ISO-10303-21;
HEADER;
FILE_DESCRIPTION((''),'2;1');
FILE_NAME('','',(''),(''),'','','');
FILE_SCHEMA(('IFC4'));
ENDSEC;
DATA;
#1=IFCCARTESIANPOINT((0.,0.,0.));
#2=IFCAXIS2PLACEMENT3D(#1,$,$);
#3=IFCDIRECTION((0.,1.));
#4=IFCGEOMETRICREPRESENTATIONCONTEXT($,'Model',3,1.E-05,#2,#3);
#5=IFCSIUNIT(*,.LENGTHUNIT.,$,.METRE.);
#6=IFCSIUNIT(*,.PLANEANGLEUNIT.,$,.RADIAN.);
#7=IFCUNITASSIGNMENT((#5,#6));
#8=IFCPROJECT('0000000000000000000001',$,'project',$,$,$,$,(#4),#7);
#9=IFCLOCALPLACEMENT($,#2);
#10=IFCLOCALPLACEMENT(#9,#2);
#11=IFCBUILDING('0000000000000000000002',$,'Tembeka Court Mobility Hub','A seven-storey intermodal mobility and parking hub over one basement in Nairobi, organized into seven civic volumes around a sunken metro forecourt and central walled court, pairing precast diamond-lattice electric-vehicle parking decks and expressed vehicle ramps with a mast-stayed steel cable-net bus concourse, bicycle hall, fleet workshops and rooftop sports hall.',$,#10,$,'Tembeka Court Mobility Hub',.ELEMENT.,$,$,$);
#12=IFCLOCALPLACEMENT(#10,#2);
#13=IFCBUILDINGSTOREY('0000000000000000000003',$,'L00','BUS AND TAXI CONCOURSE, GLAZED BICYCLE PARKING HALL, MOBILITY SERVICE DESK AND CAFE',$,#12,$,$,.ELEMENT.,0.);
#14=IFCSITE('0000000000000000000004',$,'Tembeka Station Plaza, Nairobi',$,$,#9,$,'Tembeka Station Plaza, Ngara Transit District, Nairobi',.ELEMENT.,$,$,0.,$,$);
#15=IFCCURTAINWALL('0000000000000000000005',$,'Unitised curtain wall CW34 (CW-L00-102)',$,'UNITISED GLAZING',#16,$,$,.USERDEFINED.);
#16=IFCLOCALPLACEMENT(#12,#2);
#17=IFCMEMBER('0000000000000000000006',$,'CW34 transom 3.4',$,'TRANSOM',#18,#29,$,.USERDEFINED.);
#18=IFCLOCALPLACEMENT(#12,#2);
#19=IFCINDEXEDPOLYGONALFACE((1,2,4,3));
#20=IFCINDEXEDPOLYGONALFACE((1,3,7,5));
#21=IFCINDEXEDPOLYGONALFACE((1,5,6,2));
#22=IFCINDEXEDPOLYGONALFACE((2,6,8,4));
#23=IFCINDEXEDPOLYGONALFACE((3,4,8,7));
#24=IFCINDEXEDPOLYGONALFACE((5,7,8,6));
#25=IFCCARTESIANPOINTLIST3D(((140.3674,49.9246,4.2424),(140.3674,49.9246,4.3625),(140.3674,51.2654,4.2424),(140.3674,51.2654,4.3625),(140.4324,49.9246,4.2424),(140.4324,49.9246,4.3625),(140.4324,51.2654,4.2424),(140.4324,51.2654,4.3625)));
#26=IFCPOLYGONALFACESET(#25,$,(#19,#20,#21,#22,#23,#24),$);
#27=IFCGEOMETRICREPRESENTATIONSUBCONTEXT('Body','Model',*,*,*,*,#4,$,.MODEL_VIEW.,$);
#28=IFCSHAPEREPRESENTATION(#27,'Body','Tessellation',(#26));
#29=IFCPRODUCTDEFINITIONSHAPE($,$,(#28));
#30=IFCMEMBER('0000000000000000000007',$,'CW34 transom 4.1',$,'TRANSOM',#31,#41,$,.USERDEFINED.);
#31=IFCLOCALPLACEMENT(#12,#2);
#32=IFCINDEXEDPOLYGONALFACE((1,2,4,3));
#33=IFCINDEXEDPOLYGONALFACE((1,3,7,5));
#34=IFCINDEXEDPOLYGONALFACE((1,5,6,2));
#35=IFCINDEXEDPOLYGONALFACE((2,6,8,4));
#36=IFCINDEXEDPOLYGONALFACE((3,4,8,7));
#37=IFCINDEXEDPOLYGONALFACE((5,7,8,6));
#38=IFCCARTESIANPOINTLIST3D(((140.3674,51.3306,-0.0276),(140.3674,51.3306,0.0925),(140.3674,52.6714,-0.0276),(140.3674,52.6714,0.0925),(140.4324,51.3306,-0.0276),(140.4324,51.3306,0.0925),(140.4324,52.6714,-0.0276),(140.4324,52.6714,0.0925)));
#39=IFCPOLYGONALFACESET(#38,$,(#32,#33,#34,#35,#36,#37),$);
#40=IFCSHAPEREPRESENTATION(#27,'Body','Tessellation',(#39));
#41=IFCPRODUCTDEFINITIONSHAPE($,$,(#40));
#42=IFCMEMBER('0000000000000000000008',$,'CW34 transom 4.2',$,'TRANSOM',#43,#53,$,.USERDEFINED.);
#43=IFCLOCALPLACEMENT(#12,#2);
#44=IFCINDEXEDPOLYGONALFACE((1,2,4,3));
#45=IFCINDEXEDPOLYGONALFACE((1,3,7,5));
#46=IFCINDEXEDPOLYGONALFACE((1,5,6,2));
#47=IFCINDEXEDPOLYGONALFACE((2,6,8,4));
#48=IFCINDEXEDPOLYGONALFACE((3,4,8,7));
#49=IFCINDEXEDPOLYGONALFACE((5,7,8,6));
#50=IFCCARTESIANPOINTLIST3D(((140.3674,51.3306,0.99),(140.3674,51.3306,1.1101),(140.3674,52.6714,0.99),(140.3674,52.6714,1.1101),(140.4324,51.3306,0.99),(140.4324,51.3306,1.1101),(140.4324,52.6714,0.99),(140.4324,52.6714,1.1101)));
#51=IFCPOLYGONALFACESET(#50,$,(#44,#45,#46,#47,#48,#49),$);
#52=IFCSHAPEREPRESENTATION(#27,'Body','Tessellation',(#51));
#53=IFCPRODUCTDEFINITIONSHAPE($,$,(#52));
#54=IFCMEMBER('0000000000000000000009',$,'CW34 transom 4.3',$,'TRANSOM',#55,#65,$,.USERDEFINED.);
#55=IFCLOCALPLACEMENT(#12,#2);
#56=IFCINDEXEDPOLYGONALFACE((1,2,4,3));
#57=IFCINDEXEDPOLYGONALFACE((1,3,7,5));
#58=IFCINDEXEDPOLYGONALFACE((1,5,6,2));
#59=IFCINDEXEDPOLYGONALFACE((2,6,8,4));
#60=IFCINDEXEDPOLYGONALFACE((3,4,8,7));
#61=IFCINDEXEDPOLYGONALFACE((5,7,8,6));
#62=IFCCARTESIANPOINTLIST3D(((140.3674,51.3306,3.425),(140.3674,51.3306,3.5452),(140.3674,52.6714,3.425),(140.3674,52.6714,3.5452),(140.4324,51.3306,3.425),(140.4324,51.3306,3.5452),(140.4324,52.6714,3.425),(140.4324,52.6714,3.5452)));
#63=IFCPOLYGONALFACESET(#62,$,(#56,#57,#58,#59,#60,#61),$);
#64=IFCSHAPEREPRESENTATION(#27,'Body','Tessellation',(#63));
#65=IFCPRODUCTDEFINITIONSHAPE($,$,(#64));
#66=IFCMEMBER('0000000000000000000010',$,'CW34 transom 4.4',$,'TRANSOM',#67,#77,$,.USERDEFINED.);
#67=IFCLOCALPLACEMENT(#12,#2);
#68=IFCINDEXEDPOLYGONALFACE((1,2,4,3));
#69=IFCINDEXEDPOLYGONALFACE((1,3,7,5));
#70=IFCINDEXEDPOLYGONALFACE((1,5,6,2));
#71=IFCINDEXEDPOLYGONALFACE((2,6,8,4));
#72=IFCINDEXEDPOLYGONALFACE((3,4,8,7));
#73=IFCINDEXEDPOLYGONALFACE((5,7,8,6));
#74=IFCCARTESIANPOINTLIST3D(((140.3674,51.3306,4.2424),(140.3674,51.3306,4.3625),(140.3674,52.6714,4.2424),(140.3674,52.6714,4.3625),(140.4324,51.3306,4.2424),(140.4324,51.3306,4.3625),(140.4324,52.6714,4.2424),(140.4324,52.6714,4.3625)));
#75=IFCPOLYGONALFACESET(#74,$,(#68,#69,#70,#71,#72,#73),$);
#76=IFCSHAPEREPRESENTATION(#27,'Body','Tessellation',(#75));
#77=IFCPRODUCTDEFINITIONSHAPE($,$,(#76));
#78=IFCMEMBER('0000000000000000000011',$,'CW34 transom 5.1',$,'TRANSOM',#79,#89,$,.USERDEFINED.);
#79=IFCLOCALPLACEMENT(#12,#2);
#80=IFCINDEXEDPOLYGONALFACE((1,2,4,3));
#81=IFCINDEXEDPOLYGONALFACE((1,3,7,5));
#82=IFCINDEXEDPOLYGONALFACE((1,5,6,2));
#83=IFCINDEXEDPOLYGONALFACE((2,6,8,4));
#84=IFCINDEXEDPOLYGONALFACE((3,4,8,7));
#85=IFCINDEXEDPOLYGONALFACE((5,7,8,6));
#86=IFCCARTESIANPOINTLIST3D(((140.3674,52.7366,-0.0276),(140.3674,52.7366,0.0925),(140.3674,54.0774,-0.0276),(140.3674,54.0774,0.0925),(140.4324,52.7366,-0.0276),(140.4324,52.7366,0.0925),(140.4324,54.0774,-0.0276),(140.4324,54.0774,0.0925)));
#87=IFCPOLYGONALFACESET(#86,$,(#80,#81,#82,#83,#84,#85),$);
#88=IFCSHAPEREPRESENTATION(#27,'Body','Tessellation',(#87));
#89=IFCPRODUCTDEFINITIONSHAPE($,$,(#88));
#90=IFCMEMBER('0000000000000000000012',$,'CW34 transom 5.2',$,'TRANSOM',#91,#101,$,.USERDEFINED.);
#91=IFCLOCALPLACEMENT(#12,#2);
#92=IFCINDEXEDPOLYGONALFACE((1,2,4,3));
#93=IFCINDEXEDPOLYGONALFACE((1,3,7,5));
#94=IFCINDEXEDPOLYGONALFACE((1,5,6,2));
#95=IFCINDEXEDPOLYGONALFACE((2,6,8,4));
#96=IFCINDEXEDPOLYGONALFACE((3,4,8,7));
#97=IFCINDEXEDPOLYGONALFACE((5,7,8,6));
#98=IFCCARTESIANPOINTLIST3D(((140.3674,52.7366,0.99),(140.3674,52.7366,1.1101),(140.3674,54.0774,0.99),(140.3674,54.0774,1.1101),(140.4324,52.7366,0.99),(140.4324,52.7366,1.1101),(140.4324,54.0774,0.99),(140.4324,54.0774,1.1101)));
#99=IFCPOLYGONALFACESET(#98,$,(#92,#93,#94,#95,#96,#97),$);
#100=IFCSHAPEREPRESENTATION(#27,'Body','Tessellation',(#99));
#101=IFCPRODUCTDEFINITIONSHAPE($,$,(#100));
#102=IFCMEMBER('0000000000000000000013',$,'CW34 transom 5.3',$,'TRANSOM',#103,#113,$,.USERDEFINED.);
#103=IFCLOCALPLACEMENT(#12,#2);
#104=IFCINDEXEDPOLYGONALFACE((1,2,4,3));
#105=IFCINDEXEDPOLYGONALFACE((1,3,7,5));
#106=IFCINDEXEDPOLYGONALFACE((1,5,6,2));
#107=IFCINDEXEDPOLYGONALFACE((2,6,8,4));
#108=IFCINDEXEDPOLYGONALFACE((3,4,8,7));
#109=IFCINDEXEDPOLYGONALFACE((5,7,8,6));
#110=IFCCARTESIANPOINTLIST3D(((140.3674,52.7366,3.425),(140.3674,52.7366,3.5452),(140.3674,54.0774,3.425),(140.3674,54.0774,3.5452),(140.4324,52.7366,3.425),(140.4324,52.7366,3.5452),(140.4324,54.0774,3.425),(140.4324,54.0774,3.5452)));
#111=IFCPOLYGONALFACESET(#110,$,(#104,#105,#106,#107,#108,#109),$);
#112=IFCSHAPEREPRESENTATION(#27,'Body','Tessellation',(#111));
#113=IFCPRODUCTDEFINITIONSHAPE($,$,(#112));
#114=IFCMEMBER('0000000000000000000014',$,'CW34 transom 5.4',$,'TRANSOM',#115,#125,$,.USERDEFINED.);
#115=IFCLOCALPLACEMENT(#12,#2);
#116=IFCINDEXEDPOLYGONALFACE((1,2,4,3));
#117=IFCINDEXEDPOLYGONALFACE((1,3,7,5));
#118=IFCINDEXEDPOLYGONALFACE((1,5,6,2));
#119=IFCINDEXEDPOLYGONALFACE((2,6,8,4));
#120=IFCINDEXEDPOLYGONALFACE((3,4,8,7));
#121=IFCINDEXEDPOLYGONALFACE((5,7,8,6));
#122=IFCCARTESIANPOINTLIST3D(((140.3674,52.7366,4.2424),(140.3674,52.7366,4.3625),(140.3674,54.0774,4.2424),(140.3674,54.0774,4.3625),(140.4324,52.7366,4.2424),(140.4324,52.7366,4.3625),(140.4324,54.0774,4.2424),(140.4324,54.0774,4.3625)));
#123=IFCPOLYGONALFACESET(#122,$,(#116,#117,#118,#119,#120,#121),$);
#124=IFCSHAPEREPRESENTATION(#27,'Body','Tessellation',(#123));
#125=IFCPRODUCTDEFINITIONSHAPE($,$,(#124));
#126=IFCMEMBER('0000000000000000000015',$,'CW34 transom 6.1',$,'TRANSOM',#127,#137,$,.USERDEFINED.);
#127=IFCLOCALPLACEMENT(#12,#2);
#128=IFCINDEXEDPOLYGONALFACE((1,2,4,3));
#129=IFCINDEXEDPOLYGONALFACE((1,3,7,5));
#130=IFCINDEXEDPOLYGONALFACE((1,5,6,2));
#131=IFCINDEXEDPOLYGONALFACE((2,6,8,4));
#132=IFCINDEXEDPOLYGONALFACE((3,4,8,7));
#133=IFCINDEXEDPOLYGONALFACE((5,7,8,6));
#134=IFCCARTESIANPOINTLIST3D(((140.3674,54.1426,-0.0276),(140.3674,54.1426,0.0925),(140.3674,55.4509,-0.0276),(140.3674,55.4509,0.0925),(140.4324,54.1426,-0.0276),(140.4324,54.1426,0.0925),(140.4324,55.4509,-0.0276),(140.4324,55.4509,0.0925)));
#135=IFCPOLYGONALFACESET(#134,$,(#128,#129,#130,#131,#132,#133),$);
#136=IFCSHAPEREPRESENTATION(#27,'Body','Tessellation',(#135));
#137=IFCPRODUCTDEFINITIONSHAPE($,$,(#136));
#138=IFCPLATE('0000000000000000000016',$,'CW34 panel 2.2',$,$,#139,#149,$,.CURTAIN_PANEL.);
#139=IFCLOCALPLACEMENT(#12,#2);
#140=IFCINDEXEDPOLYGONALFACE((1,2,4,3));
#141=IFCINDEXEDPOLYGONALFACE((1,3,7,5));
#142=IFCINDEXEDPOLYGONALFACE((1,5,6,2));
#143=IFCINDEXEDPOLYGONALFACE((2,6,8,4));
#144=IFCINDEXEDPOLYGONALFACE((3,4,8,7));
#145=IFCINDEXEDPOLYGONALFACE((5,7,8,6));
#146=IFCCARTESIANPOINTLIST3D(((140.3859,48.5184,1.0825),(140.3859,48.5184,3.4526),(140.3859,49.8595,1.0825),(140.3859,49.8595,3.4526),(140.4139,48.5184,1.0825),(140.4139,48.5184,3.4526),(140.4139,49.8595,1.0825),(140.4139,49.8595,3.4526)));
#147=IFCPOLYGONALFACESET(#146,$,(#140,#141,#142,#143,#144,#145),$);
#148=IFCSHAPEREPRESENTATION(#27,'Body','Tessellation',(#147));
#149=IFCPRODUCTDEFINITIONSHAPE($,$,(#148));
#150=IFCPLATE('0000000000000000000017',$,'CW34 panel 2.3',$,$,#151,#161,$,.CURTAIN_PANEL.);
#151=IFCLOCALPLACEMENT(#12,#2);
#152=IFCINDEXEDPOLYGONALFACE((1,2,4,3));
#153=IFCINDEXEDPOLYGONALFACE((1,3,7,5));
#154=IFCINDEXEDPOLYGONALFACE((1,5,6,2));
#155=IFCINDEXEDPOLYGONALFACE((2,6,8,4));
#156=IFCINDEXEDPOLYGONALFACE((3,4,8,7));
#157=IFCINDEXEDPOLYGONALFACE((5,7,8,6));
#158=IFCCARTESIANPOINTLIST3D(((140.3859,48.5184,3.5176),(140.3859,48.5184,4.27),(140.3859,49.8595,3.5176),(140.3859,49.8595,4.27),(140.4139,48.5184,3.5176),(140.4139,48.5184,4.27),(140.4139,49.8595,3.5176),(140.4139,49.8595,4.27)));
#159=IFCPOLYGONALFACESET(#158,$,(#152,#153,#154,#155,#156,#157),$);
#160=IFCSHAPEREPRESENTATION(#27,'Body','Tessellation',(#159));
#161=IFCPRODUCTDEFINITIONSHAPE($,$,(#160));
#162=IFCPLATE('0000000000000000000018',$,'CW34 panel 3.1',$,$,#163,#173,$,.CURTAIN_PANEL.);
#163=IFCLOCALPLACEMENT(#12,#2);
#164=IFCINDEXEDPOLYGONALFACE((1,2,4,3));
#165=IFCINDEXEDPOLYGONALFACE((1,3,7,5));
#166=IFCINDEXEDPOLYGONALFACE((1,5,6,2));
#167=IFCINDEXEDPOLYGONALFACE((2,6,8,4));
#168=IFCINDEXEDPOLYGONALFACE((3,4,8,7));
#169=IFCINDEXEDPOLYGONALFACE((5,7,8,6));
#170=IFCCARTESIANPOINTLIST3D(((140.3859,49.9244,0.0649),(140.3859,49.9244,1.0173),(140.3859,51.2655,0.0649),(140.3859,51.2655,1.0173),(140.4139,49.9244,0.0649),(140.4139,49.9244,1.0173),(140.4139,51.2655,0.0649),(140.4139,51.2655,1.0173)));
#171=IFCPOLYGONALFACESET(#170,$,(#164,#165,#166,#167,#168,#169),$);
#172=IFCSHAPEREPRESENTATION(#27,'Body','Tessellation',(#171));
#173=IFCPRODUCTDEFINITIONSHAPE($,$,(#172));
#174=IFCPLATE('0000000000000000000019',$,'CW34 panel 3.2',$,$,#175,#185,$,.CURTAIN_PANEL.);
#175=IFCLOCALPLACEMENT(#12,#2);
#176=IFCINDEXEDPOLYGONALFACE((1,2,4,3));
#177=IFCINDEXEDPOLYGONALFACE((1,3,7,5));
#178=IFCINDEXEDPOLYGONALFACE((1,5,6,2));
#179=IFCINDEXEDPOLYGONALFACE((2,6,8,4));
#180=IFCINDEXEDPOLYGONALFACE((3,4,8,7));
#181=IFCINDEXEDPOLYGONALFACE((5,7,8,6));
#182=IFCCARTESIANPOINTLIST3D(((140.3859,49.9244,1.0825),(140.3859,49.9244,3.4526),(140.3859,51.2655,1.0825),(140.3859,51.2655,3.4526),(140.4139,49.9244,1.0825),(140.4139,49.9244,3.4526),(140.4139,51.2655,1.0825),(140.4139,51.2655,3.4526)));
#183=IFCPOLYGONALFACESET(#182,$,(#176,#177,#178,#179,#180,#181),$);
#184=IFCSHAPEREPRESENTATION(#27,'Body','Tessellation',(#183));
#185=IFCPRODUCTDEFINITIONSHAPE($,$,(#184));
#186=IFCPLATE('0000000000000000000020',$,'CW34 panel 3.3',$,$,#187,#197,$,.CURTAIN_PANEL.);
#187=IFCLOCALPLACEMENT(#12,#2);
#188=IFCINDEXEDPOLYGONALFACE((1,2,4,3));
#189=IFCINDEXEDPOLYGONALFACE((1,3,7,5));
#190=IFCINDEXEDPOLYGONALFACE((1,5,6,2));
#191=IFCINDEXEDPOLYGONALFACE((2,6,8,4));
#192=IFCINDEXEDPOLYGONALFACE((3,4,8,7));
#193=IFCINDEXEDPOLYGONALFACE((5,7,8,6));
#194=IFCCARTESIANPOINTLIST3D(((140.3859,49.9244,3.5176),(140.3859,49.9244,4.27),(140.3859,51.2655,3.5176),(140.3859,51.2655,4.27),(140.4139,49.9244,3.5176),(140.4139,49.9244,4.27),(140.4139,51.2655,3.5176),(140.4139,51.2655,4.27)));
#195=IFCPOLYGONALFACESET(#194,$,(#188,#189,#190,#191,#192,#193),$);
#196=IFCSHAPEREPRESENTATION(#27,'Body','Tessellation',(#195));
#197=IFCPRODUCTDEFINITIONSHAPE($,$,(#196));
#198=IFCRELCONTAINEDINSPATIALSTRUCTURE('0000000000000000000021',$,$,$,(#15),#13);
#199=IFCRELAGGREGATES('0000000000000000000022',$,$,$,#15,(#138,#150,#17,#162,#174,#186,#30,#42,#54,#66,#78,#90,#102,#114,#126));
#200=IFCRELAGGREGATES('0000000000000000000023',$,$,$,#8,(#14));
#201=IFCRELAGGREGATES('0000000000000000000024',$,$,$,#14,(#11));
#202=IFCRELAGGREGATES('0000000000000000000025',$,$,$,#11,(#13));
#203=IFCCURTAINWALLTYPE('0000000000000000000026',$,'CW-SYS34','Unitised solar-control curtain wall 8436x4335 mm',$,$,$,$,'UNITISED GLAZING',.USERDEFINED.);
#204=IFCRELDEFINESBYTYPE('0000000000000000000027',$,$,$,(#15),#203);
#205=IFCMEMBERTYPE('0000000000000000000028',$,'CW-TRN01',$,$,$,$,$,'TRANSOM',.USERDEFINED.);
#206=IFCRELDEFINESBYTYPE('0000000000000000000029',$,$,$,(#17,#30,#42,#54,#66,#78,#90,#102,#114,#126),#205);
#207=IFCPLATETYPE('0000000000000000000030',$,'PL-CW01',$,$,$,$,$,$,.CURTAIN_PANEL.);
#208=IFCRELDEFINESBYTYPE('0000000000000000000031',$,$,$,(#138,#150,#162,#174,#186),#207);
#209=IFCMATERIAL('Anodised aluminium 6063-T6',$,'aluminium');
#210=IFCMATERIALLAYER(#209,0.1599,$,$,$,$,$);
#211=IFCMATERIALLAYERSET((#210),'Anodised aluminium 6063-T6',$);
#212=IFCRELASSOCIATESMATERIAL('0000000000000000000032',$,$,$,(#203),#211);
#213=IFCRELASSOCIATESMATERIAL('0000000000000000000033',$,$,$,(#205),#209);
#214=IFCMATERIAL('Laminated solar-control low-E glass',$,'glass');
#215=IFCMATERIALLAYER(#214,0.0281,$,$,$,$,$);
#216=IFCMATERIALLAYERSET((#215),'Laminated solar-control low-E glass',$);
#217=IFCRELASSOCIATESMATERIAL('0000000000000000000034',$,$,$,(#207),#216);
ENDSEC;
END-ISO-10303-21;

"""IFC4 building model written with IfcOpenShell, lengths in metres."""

from ifc_helpers import new_model, si_unit, direction, frame, origin, origin_2d, place, context, subcontext, project, spatial, rectangle, extrude, material, layer, layer_set, material_profile, profile_set, type_object, element, aggregate, save


model = new_model("IFC4")

# Units and contexts
model_context = context("Model", 3, precision=1e-05, world=origin(), true_north=direction((0.0, 1.0)))
body_context = subcontext(model_context, "Body", "Model", "MODEL_VIEW")
ifc_project = project(units=[si_unit("LENGTHUNIT", "METRE"), si_unit("PLANEANGLEUNIT", "RADIAN")], contexts=[model_context])

# Site, building, storey
site_placement = place(None, origin())
site = spatial("IfcSite", under=ifc_project, at=site_placement, Name="Tembeka Station Plaza, Nairobi", LongName="Tembeka Station Plaza, Ngara Transit District, Nairobi", CompositionType="ELEMENT", RefElevation=0.0)
building_placement = place(site_placement, origin())
building = spatial("IfcBuilding", under=site, at=building_placement, Name="Tembeka Court Mobility Hub", Description="A seven-storey intermodal mobility and parking hub over one basement in Nairobi, organized into seven civic volumes around a sunken metro forecourt and central walled court, pairing precast diamond-lattice electric-vehicle parking decks and expressed vehicle ramps with a mast-stayed steel cable-net bus concourse, bicycle hall, fleet workshops and rooftop sports hall.", LongName="Tembeka Court Mobility Hub", CompositionType="ELEMENT")
storey_placement = place(building_placement, origin())
storey = spatial("IfcBuildingStorey", under=building, at=storey_placement, Name="L00", Description="BUS AND TAXI CONCOURSE, GLAZED BICYCLE PARKING HALL, MOBILITY SERVICE DESK AND CAFE", CompositionType="ELEMENT", Elevation=0.0)

# Curtain wall, members, plates
ifc_material_1 = material(Name="Anodised aluminium 6063-T6", Category="aluminium")
ifc_layer_1 = layer(ifc_material_1, 0.1599)
ifc_layer_set_1 = layer_set([ifc_layer_1], Name="Anodised aluminium 6063-T6")
curtain_wall_type = type_object("IfcCurtainWallType", Name="CW-SYS34", Description="Unitised solar-control curtain wall 8436x4335 mm", ElementType="UNITISED GLAZING", PredefinedType="USERDEFINED", material=ifc_layer_set_1)
curtain_wall_placement = place(storey_placement, origin())
curtain_wall = element("IfcCurtainWall", 1, at=curtain_wall_placement, inside=storey, type_object=curtain_wall_type, Name="Unitised curtain wall CW34 (CW-L00-102)", ObjectType="UNITISED GLAZING", PredefinedType="USERDEFINED")
ifc_material_profile_1 = material_profile(ifc_material_1, rectangle(XDim=0.0649, YDim=0.1201, at=origin_2d()), Name="ALU-TRN 65x120")
ifc_profile_set_1 = profile_set([ifc_material_profile_1], Name="Anodised aluminium 6063-T6")
member_type_1 = type_object("IfcMemberType", Name="CW-TRN01", ElementType="TRANSOM", PredefinedType="USERDEFINED", material=ifc_profile_set_1)
member_1_placement = place(storey_placement, frame((140.3999, 49.9246, 4.3025), z_axis=(0.0, 1.0, 0.0), x_axis=(-1.0, 0.0, 0.0)))
member_1 = element("IfcMember", 2, at=member_1_placement, type_object=member_type_1, Name="CW34 transom 3.4", ObjectType="TRANSOM", PredefinedType="USERDEFINED", context=body_context, shape_type="SweptSolid", body=[
    extrude(rectangle(XDim=0.0649, YDim=0.1201, at=origin_2d()), origin(), (0.0, 0.0, 1.0), 1.3408),
])
member_2_placement = place(storey_placement, frame((140.3999, 51.3306, 0.0325), z_axis=(0.0, 1.0, 0.0), x_axis=(-1.0, 0.0, 0.0)))
member_2 = element("IfcMember", 3, at=member_2_placement, type_object=member_type_1, Name="CW34 transom 4.1", ObjectType="TRANSOM", PredefinedType="USERDEFINED", context=body_context, shape_type="SweptSolid", body=[
    extrude(rectangle(XDim=0.0649, YDim=0.1201, at=origin_2d()), origin(), (0.0, 0.0, 1.0), 1.3408),
])
member_3_placement = place(storey_placement, frame((140.3999, 51.3306, 1.05), z_axis=(0.0, 1.0, 0.0), x_axis=(-1.0, 0.0, 0.0)))
member_3 = element("IfcMember", 4, at=member_3_placement, type_object=member_type_1, Name="CW34 transom 4.2", ObjectType="TRANSOM", PredefinedType="USERDEFINED", context=body_context, shape_type="SweptSolid", body=[
    extrude(rectangle(XDim=0.0649, YDim=0.1201, at=origin_2d()), origin(), (0.0, 0.0, 1.0), 1.3408),
])
member_4_placement = place(storey_placement, frame((140.3999, 51.3306, 3.4851), z_axis=(0.0, 1.0, 0.0), x_axis=(-1.0, 0.0, 0.0)))
member_4 = element("IfcMember", 5, at=member_4_placement, type_object=member_type_1, Name="CW34 transom 4.3", ObjectType="TRANSOM", PredefinedType="USERDEFINED", context=body_context, shape_type="SweptSolid", body=[
    extrude(rectangle(XDim=0.0649, YDim=0.1201, at=origin_2d()), origin(), (0.0, 0.0, 1.0), 1.3408),
])
member_5_placement = place(storey_placement, frame((140.3999, 51.3306, 4.3025), z_axis=(0.0, 1.0, 0.0), x_axis=(-1.0, 0.0, 0.0)))
member_5 = element("IfcMember", 6, at=member_5_placement, type_object=member_type_1, Name="CW34 transom 4.4", ObjectType="TRANSOM", PredefinedType="USERDEFINED", context=body_context, shape_type="SweptSolid", body=[
    extrude(rectangle(XDim=0.0649, YDim=0.1201, at=origin_2d()), origin(), (0.0, 0.0, 1.0), 1.3408),
])
member_6_placement = place(storey_placement, frame((140.3999, 52.7366, 0.0325), z_axis=(0.0, 1.0, 0.0), x_axis=(-1.0, 0.0, 0.0)))
member_6 = element("IfcMember", 7, at=member_6_placement, type_object=member_type_1, Name="CW34 transom 5.1", ObjectType="TRANSOM", PredefinedType="USERDEFINED", context=body_context, shape_type="SweptSolid", body=[
    extrude(rectangle(XDim=0.0649, YDim=0.1201, at=origin_2d()), origin(), (0.0, 0.0, 1.0), 1.3408),
])
member_7_placement = place(storey_placement, frame((140.3999, 52.7366, 1.05), z_axis=(0.0, 1.0, 0.0), x_axis=(-1.0, 0.0, 0.0)))
member_7 = element("IfcMember", 8, at=member_7_placement, type_object=member_type_1, Name="CW34 transom 5.2", ObjectType="TRANSOM", PredefinedType="USERDEFINED", context=body_context, shape_type="SweptSolid", body=[
    extrude(rectangle(XDim=0.0649, YDim=0.1201, at=origin_2d()), origin(), (0.0, 0.0, 1.0), 1.3408),
])
member_8_placement = place(storey_placement, frame((140.3999, 52.7366, 3.4851), z_axis=(0.0, 1.0, 0.0), x_axis=(-1.0, 0.0, 0.0)))
member_8 = element("IfcMember", 9, at=member_8_placement, type_object=member_type_1, Name="CW34 transom 5.3", ObjectType="TRANSOM", PredefinedType="USERDEFINED", context=body_context, shape_type="SweptSolid", body=[
    extrude(rectangle(XDim=0.0649, YDim=0.1201, at=origin_2d()), origin(), (0.0, 0.0, 1.0), 1.3408),
])
member_9_placement = place(storey_placement, frame((140.3999, 52.7366, 4.3025), z_axis=(0.0, 1.0, 0.0), x_axis=(-1.0, 0.0, 0.0)))
member_9 = element("IfcMember", 10, at=member_9_placement, type_object=member_type_1, Name="CW34 transom 5.4", ObjectType="TRANSOM", PredefinedType="USERDEFINED", context=body_context, shape_type="SweptSolid", body=[
    extrude(rectangle(XDim=0.0649, YDim=0.1201, at=origin_2d()), origin(), (0.0, 0.0, 1.0), 1.3408),
])
member_10_placement = place(storey_placement, frame((140.3999, 54.1426, 0.0325), z_axis=(0.0, 1.0, 0.0), x_axis=(-1.0, 0.0, 0.0)))
member_10 = element("IfcMember", 11, at=member_10_placement, type_object=member_type_1, Name="CW34 transom 6.1", ObjectType="TRANSOM", PredefinedType="USERDEFINED", context=body_context, shape_type="SweptSolid", body=[
    extrude(rectangle(XDim=0.0649, YDim=0.1201, at=origin_2d()), origin(), (0.0, 0.0, 1.0), 1.3083),
])
ifc_material_2 = material(Name="Laminated solar-control low-E glass", Category="glass")
ifc_layer_2 = layer(ifc_material_2, 0.0281)
ifc_layer_set_2 = layer_set([ifc_layer_2], Name="Laminated solar-control low-E glass")
plate_type = type_object("IfcPlateType", Name="PL-CW01", PredefinedType="CURTAIN_PANEL", material=ifc_layer_set_2)
plate_1_placement = place(storey_placement, frame((140.3999, 49.189, 1.0825), z_axis=(0.0, 0.0, 1.0), x_axis=(0.0, 1.0, 0.0)))
plate_1 = element("IfcPlate", 12, at=plate_1_placement, type_object=plate_type, Name="CW34 panel 2.2", PredefinedType="CURTAIN_PANEL", context=body_context, shape_type="SweptSolid", body=[
    extrude(rectangle(XDim=1.3411, YDim=0.0281, at=origin_2d()), origin(), (0.0, 0.0, 1.0), 2.3701),
])
plate_2_placement = place(storey_placement, frame((140.3999, 49.189, 3.5176), z_axis=(0.0, 0.0, 1.0), x_axis=(0.0, 1.0, 0.0)))
plate_2 = element("IfcPlate", 13, at=plate_2_placement, type_object=plate_type, Name="CW34 panel 2.3", PredefinedType="CURTAIN_PANEL", context=body_context, shape_type="SweptSolid", body=[
    extrude(rectangle(XDim=1.3411, YDim=0.0281, at=origin_2d()), origin(), (0.0, 0.0, 1.0), 0.7524),
])
plate_3_placement = place(storey_placement, frame((140.3999, 50.595, 0.0649), z_axis=(0.0, 0.0, 1.0), x_axis=(0.0, 1.0, 0.0)))
plate_3 = element("IfcPlate", 14, at=plate_3_placement, type_object=plate_type, Name="CW34 panel 3.1", PredefinedType="CURTAIN_PANEL", context=body_context, shape_type="SweptSolid", body=[
    extrude(rectangle(XDim=1.3411, YDim=0.0281, at=origin_2d()), origin(), (0.0, 0.0, 1.0), 0.9524),
])
plate_4_placement = place(storey_placement, frame((140.3999, 50.595, 1.0825), z_axis=(0.0, 0.0, 1.0), x_axis=(0.0, 1.0, 0.0)))
plate_4 = element("IfcPlate", 15, at=plate_4_placement, type_object=plate_type, Name="CW34 panel 3.2", PredefinedType="CURTAIN_PANEL", context=body_context, shape_type="SweptSolid", body=[
    extrude(rectangle(XDim=1.3411, YDim=0.0281, at=origin_2d()), origin(), (0.0, 0.0, 1.0), 2.3701),
])
plate_5_placement = place(storey_placement, frame((140.3999, 50.595, 3.5176), z_axis=(0.0, 0.0, 1.0), x_axis=(0.0, 1.0, 0.0)))
plate_5 = element("IfcPlate", 16, at=plate_5_placement, type_object=plate_type, Name="CW34 panel 3.3", PredefinedType="CURTAIN_PANEL", context=body_context, shape_type="SweptSolid", body=[
    extrude(rectangle(XDim=1.3411, YDim=0.0281, at=origin_2d()), origin(), (0.0, 0.0, 1.0), 0.7524),
])
aggregate(curtain_wall, [plate_1, plate_2, member_1, plate_3, plate_4, plate_5, member_2, member_3, member_4, member_5, member_6, member_7, member_8, member_9, member_10])

save(model, "model.ifc")
